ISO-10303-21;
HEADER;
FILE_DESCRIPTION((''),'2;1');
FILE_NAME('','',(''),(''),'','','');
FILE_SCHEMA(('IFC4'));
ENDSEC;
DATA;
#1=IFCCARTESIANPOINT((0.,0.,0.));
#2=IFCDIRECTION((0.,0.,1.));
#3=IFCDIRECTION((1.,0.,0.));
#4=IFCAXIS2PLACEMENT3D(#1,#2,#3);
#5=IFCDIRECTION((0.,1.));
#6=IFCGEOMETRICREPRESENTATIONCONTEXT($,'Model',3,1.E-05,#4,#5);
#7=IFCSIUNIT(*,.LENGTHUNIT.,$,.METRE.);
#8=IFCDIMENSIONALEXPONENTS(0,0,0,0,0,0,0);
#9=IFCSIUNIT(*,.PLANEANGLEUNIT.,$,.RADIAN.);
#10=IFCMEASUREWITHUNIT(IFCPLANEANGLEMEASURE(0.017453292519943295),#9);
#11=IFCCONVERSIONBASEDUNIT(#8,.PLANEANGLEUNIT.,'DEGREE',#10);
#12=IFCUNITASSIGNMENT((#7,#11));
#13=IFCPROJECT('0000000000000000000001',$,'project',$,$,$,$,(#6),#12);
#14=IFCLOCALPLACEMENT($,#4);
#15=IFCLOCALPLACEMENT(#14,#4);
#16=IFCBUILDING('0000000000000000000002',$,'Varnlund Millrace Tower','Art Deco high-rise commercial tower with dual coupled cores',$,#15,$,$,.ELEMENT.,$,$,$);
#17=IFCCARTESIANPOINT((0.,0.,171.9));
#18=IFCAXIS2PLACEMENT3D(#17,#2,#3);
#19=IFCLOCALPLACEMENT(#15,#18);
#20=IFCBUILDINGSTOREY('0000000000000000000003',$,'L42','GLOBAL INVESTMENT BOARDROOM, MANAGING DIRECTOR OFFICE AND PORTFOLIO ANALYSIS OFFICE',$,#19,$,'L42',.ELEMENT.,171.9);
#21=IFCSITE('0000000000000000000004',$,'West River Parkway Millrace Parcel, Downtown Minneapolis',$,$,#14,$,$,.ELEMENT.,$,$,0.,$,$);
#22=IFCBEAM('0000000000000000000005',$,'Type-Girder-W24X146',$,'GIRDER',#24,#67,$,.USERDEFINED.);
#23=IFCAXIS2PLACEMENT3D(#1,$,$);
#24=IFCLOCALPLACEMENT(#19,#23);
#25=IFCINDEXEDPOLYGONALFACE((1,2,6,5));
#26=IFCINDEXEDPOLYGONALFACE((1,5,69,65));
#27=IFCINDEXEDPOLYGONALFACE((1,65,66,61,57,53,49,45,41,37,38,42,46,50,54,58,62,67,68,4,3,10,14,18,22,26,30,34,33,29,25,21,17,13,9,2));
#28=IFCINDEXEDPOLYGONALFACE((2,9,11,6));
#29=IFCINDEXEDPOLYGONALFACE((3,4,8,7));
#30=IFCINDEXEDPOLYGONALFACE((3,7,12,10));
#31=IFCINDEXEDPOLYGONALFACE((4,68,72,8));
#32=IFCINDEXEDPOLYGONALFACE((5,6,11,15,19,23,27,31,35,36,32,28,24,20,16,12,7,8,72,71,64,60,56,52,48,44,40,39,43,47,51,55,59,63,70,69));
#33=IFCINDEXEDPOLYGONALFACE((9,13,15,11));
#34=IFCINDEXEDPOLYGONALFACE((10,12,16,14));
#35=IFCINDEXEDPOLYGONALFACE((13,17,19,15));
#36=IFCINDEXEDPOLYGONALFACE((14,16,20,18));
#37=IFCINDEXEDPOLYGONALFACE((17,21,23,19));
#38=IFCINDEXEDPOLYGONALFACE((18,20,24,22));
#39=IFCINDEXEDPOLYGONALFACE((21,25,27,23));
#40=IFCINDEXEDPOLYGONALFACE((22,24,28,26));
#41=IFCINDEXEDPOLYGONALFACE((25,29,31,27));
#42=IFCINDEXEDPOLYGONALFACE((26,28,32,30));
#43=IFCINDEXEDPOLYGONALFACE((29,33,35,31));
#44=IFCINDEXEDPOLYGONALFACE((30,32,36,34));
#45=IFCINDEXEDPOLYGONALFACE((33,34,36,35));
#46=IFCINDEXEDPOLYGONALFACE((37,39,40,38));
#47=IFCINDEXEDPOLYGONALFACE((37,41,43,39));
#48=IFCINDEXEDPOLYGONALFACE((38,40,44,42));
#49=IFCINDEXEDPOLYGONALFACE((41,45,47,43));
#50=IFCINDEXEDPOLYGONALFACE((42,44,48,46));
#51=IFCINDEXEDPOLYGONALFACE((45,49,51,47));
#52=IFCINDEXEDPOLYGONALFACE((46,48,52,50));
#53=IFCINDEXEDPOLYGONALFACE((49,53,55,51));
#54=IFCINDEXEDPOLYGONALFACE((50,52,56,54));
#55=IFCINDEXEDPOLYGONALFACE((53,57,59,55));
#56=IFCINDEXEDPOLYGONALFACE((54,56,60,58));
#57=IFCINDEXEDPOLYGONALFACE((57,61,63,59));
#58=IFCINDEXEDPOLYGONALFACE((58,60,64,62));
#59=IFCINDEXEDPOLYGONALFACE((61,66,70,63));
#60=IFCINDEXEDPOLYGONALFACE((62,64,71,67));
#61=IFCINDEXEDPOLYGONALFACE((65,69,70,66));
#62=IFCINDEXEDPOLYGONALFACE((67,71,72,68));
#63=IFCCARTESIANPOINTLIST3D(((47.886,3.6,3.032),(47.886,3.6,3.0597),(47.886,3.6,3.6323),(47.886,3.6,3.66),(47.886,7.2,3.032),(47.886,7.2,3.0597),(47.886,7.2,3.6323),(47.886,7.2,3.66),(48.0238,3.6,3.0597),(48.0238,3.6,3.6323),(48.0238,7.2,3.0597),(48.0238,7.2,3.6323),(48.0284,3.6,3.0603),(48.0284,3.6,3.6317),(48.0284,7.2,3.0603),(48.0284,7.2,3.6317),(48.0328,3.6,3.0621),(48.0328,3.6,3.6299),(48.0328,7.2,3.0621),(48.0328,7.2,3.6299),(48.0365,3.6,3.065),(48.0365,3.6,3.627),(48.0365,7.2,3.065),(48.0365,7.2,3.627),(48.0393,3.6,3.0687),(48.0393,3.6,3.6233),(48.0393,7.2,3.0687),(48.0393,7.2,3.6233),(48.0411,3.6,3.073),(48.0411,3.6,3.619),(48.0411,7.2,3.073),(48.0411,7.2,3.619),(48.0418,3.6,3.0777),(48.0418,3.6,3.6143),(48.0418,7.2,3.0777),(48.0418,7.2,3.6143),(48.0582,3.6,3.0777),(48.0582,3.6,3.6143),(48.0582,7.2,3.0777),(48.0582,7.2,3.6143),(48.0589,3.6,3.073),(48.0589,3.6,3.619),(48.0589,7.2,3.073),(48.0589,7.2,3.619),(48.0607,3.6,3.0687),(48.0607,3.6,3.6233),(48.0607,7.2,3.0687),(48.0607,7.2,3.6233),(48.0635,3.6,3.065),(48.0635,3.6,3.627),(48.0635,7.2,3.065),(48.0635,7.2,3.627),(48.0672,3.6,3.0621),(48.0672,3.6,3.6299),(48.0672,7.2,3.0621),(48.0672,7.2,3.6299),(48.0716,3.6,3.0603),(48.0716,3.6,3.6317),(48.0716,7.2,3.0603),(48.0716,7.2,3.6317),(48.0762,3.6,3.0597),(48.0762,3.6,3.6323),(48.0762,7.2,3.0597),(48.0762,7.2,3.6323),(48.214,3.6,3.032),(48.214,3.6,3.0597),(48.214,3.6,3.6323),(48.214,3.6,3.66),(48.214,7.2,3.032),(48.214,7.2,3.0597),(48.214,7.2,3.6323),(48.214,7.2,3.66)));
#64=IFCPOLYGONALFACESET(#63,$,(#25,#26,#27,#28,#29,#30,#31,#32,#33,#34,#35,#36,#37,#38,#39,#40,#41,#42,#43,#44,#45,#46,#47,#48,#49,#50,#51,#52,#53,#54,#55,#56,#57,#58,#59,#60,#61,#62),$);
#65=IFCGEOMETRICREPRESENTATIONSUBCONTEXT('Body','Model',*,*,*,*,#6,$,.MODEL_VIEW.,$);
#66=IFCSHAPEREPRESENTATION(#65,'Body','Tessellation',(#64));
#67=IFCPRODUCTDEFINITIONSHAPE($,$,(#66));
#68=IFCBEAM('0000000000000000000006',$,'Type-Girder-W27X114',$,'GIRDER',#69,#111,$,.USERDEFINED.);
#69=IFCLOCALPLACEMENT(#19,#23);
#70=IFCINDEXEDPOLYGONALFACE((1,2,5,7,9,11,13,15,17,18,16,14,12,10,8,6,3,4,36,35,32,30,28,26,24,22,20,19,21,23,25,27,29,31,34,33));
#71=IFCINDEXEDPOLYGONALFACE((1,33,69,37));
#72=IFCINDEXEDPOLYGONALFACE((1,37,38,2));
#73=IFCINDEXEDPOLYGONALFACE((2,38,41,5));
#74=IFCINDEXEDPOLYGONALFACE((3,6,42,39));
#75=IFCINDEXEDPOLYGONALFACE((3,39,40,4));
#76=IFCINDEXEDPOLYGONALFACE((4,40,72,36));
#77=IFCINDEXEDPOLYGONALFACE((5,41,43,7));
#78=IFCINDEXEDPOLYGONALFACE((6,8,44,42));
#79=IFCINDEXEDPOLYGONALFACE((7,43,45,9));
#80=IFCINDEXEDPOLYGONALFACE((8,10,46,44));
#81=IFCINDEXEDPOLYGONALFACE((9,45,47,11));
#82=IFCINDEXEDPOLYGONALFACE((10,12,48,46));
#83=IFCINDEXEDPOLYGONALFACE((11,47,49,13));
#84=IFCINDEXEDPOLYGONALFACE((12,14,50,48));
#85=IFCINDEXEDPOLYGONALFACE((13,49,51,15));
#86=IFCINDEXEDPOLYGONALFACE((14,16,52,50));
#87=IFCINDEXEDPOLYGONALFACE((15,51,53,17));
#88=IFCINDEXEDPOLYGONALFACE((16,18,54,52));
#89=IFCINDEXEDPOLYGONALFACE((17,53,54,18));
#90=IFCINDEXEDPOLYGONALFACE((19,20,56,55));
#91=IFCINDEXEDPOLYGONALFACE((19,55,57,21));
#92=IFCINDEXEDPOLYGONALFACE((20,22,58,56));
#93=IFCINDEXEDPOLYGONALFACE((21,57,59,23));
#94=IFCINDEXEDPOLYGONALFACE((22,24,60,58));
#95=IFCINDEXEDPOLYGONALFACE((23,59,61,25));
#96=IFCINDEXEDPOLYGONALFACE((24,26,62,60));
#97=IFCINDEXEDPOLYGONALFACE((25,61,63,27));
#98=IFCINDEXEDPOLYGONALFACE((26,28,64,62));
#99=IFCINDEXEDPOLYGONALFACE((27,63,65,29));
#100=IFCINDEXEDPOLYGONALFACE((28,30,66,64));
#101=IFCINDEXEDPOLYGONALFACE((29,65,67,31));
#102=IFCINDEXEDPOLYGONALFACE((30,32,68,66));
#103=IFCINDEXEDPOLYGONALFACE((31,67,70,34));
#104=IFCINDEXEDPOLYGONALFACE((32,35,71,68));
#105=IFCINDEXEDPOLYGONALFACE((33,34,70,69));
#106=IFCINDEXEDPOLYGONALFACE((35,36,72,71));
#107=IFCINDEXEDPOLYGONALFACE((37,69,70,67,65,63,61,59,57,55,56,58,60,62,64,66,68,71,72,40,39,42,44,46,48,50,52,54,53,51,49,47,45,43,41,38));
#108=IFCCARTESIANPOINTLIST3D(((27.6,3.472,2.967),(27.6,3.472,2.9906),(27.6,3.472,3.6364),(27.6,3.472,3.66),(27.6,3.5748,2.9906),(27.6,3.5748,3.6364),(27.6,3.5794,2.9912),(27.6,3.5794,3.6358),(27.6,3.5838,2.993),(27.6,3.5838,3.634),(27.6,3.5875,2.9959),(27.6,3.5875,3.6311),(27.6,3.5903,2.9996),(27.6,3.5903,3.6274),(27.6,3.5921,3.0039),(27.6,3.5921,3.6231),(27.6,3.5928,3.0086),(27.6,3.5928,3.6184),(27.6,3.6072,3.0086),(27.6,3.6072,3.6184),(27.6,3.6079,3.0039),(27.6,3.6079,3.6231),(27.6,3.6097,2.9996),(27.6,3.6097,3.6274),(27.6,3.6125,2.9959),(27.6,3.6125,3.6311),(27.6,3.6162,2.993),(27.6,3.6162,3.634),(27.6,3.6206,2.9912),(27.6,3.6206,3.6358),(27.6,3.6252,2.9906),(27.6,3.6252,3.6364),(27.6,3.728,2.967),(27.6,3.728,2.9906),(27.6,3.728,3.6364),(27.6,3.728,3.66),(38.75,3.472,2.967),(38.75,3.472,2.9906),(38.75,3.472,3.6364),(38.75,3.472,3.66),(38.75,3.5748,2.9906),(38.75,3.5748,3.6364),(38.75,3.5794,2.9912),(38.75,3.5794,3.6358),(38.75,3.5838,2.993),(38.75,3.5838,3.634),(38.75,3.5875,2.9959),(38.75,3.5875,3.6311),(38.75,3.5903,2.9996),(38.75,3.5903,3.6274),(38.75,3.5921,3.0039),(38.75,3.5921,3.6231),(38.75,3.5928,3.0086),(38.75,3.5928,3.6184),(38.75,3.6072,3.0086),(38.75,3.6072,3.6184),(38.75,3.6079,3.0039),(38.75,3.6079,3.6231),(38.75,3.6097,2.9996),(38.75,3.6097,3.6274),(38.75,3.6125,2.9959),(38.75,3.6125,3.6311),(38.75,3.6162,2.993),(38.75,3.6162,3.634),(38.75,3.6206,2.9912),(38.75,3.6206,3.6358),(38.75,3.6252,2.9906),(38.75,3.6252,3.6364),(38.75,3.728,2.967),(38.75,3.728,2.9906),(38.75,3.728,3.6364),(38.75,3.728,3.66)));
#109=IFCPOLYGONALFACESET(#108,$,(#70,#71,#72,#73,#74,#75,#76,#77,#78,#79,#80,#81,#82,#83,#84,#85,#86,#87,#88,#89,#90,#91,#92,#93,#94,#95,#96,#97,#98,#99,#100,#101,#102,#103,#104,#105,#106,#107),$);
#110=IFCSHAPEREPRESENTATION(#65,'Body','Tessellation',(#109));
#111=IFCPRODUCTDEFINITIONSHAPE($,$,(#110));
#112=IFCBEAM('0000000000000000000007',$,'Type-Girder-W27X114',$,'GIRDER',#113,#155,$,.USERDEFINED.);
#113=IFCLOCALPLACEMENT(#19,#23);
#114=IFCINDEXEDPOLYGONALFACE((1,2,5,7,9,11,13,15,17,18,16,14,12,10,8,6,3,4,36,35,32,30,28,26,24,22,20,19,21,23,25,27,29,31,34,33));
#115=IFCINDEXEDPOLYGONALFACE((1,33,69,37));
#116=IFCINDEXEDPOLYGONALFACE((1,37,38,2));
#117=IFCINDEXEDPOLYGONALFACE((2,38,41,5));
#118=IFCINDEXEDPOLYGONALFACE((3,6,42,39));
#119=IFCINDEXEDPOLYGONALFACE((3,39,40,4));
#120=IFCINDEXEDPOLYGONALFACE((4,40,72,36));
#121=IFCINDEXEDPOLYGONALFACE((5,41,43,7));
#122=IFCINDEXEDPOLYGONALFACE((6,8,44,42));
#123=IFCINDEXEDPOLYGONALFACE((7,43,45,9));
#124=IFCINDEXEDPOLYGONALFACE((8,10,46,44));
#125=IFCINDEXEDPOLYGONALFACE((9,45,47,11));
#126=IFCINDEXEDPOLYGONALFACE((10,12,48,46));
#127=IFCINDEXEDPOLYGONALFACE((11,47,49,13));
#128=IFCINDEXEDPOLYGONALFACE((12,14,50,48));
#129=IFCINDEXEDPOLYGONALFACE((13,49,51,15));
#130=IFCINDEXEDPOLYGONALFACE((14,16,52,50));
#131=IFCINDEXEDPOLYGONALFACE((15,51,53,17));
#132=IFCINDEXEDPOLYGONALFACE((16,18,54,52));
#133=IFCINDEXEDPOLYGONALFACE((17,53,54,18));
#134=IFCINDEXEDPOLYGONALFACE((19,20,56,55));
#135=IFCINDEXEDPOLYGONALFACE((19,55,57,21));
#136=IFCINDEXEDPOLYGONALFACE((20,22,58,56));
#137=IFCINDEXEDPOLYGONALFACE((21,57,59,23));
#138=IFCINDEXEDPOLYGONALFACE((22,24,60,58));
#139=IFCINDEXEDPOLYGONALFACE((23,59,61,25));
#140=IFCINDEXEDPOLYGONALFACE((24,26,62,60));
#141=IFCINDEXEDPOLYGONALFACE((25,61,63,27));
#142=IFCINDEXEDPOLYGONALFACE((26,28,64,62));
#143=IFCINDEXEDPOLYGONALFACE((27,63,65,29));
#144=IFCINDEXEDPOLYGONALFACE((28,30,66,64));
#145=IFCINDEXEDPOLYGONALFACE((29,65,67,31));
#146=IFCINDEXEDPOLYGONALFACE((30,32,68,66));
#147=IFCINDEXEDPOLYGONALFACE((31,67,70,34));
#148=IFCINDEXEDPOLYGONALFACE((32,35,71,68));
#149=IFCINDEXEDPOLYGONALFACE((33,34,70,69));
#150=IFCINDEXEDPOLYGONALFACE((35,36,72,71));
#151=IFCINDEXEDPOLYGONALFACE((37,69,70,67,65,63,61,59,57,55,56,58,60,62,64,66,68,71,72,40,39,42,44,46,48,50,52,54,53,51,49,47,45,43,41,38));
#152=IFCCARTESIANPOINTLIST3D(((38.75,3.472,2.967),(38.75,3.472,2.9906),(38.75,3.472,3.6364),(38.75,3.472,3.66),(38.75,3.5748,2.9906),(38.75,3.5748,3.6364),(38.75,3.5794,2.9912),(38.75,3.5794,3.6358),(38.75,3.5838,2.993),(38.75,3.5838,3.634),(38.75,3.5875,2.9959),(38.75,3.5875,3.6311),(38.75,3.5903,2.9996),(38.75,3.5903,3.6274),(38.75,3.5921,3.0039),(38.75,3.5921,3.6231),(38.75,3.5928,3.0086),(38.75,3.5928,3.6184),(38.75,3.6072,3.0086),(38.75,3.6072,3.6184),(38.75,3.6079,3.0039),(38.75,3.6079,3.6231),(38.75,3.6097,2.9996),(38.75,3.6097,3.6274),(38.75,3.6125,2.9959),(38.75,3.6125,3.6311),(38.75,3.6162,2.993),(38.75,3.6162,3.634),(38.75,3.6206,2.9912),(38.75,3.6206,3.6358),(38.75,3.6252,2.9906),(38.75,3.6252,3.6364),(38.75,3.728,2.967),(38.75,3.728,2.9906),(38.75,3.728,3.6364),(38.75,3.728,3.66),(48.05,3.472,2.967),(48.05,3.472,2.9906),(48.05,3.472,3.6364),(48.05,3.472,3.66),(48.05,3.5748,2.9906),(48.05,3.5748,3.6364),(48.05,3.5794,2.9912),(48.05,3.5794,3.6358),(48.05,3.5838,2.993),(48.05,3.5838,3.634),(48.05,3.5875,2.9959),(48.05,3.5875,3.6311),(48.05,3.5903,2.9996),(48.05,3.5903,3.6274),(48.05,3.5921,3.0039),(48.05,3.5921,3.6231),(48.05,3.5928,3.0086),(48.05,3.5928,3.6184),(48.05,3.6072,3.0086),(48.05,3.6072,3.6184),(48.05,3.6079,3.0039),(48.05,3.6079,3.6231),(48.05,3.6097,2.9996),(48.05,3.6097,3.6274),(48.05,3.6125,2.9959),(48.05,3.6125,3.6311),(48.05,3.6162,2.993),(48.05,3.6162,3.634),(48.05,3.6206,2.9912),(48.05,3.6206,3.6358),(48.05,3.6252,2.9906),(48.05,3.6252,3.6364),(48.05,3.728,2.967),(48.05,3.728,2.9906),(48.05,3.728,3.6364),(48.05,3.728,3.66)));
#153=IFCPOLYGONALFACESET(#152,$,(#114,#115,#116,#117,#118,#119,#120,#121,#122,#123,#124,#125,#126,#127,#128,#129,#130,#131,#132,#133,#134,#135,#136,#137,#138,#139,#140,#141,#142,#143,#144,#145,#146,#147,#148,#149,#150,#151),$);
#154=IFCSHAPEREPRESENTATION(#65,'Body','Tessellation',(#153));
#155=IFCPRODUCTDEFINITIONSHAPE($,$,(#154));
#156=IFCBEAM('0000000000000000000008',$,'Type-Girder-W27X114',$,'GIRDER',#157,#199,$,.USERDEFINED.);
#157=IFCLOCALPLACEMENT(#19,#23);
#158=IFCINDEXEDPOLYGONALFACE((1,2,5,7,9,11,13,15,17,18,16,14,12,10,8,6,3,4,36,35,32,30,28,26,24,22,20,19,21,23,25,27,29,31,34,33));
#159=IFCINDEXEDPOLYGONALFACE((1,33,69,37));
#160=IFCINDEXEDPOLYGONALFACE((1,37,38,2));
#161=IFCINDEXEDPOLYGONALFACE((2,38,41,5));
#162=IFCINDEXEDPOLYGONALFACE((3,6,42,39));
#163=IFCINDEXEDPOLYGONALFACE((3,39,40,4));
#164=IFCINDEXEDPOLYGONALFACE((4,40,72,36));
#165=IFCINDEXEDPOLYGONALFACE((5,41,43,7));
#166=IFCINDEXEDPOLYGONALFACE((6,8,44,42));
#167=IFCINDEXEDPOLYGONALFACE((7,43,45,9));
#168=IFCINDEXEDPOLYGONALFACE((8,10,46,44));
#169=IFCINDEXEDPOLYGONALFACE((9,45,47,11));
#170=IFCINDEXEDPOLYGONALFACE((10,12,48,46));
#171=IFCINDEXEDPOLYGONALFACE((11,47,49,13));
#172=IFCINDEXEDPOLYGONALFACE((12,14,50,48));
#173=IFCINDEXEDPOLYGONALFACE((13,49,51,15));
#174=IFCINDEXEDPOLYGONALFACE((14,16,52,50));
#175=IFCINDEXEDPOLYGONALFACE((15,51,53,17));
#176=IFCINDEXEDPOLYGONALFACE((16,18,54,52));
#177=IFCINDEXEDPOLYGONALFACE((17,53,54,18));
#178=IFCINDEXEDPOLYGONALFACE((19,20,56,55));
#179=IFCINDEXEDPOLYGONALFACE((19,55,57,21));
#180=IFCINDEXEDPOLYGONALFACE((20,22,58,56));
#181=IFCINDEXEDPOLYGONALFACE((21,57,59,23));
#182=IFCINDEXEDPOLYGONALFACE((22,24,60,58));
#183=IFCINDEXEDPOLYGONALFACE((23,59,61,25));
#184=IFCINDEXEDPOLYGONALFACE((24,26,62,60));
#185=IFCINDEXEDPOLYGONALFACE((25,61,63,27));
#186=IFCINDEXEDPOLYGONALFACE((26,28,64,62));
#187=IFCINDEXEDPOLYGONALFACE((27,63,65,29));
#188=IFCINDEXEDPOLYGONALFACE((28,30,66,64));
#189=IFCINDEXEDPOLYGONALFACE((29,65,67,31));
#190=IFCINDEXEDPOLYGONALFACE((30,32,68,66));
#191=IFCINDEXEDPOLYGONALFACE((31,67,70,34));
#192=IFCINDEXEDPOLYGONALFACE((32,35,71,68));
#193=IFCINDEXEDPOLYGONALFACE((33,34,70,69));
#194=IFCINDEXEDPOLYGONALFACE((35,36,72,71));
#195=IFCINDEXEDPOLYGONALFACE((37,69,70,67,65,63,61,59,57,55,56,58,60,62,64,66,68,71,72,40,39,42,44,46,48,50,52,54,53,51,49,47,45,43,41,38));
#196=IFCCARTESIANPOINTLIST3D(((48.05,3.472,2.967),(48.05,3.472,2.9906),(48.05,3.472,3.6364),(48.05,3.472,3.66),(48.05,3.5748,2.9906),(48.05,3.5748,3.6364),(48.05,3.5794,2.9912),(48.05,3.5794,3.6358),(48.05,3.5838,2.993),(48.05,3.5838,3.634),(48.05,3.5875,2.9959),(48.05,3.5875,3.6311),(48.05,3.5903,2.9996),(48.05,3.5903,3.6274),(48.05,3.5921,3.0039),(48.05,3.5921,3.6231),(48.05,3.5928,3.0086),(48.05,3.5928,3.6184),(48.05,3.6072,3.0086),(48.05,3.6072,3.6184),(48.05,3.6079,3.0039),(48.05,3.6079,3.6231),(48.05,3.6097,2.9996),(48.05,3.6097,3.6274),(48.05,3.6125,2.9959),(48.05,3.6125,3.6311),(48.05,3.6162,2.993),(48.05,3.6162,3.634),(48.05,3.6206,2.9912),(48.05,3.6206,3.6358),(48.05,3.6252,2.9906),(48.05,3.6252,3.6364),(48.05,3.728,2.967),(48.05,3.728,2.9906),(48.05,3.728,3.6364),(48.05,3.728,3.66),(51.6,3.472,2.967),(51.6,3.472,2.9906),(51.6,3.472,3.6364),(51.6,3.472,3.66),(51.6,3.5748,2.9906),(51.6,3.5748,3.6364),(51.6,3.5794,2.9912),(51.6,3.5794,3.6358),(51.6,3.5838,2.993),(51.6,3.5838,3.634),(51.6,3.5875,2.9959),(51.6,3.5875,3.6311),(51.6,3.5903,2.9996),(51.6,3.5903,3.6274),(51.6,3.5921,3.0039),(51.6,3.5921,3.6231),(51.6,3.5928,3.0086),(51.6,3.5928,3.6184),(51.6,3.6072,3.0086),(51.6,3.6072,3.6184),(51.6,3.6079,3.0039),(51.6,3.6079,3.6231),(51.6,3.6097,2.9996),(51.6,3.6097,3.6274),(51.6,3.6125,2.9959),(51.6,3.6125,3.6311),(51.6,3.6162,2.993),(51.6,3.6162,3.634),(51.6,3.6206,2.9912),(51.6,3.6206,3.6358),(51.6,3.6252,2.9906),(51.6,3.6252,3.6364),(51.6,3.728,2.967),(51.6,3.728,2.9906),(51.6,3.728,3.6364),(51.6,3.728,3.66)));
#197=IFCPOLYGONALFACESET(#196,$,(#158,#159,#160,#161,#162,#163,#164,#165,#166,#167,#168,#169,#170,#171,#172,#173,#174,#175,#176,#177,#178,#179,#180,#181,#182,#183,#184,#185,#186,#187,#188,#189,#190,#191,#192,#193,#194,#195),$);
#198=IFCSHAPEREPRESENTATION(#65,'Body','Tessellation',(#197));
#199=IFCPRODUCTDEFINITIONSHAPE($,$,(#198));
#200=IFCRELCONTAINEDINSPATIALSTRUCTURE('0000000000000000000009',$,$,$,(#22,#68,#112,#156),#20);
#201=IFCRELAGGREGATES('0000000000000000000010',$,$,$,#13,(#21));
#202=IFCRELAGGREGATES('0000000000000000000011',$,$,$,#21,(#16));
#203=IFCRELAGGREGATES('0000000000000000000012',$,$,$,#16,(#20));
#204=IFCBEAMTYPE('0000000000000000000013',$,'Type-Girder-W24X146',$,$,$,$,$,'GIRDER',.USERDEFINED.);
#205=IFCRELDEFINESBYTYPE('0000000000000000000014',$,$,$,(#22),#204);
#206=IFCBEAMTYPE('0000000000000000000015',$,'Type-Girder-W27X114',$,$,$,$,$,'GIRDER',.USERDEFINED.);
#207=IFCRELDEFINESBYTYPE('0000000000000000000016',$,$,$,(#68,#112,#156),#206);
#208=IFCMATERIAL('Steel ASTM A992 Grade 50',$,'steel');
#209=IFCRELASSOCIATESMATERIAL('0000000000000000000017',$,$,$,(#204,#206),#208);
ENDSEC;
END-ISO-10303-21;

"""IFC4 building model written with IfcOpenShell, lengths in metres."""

from ifc_helpers import new_model, entity, si_unit, converted_unit, direction, frame, origin_with_axes, origin_2d_with_axis, place, context, subcontext, project, spatial, i_section, extrude, material, material_profile, profile_set, type_object, element, save


model = new_model("IFC4")

# Units and contexts
model_context = context("Model", 3, precision=1e-05, world=origin_with_axes(), true_north=direction((0.0, 1.0)))
body_context = subcontext(model_context, "Body", "Model", "MODEL_VIEW")
ifc_project = project(units=[si_unit("LENGTHUNIT", "METRE"), converted_unit("PLANEANGLEUNIT", "DEGREE", entity("IfcPlaneAngleMeasure", 0.017453292519943295), si_unit("PLANEANGLEUNIT", "RADIAN"), dimensions=[0, 0, 0, 0, 0, 0, 0])], contexts=[model_context])

# Site, building, storey
site_placement = place(None, origin_with_axes())
site = spatial("IfcSite", under=ifc_project, at=site_placement, Name="West River Parkway Millrace Parcel, Downtown Minneapolis", CompositionType="ELEMENT", RefElevation=0.0)
building_placement = place(site_placement, origin_with_axes())
building = spatial("IfcBuilding", under=site, at=building_placement, Name="Varnlund Millrace Tower", Description="Art Deco high-rise commercial tower with dual coupled cores", CompositionType="ELEMENT")
storey_placement = place(building_placement, frame((0.0, 0.0, 171.9), z_axis=(0.0, 0.0, 1.0), x_axis=(1.0, 0.0, 0.0)))
storey = spatial("IfcBuildingStorey", under=building, at=storey_placement, Name="L42", Description="GLOBAL INVESTMENT BOARDROOM, MANAGING DIRECTOR OFFICE AND PORTFOLIO ANALYSIS OFFICE", LongName="L42", CompositionType="ELEMENT", Elevation=171.9)

# Beams
ifc_material_1 = material(Name="Steel ASTM A992 Grade 50", Category="steel")
ifc_material_profile_1 = material_profile(ifc_material_1, i_section(OverallWidth=0.328, OverallDepth=0.628, WebThickness=0.0165, FlangeThickness=0.0277, FilletRadius=0.018, at=origin_2d_with_axis()), Name="Steel ASTM A992 Grade 50")
ifc_profile_set_1 = profile_set([ifc_material_profile_1], Name="Steel ASTM A992 Grade 50")
beam_type_1 = type_object("IfcBeamType", Name="Type-Girder-W24X146", ElementType="GIRDER", PredefinedType="USERDEFINED", material=ifc_profile_set_1)
beam_1_placement = place(storey_placement, frame((48.05, 3.6, 3.346), z_axis=(0.0, 1.0, 0.0), x_axis=(-1.0, 0.0, 0.0)))
element("IfcBeam", 1, at=beam_1_placement, inside=storey, type_object=beam_type_1, Name="Type-Girder-W24X146", ObjectType="GIRDER", PredefinedType="USERDEFINED", context=body_context, shape_type="SweptSolid", body=[
    extrude(i_section(OverallWidth=0.328, OverallDepth=0.628, WebThickness=0.0165, FlangeThickness=0.0277, FilletRadius=0.018, at=origin_2d_with_axis()), origin_with_axes(), (0.0, 0.0, 1.0), 3.6),
])
ifc_material_profile_2 = material_profile(ifc_material_1, i_section(OverallWidth=0.256, OverallDepth=0.693, WebThickness=0.0145, FlangeThickness=0.0236, FilletRadius=0.018, at=origin_2d_with_axis()), Name="Steel ASTM A992 Grade 50")
ifc_profile_set_2 = profile_set([ifc_material_profile_2], Name="Steel ASTM A992 Grade 50")
beam_type_2 = type_object("IfcBeamType", Name="Type-Girder-W27X114", ElementType="GIRDER", PredefinedType="USERDEFINED", material=ifc_profile_set_2)
beam_2_placement = place(storey_placement, frame((27.6, 3.6, 3.3135), z_axis=(1.0, 0.0, 0.0), x_axis=(0.0, 1.0, 0.0)))
element("IfcBeam", 2, at=beam_2_placement, inside=storey, type_object=beam_type_2, Name="Type-Girder-W27X114", ObjectType="GIRDER", PredefinedType="USERDEFINED", context=body_context, shape_type="SweptSolid", body=[
    extrude(i_section(OverallWidth=0.256, OverallDepth=0.693, WebThickness=0.0145, FlangeThickness=0.0236, FilletRadius=0.018, at=origin_2d_with_axis()), origin_with_axes(), (0.0, 0.0, 1.0), 11.15),
])
beam_3_placement = place(storey_placement, frame((38.75, 3.6, 3.3135), z_axis=(1.0, 0.0, 0.0), x_axis=(0.0, 1.0, 0.0)))
element("IfcBeam", 3, at=beam_3_placement, inside=storey, type_object=beam_type_2, Name="Type-Girder-W27X114", ObjectType="GIRDER", PredefinedType="USERDEFINED", context=body_context, shape_type="SweptSolid", body=[
    extrude(i_section(OverallWidth=0.256, OverallDepth=0.693, WebThickness=0.0145, FlangeThickness=0.0236, FilletRadius=0.018, at=origin_2d_with_axis()), origin_with_axes(), (0.0, 0.0, 1.0), 9.3),
])
beam_4_placement = place(storey_placement, frame((48.05, 3.6, 3.3135), z_axis=(1.0, 0.0, 0.0), x_axis=(0.0, 1.0, 0.0)))
element("IfcBeam", 4, at=beam_4_placement, inside=storey, type_object=beam_type_2, Name="Type-Girder-W27X114", ObjectType="GIRDER", PredefinedType="USERDEFINED", context=body_context, shape_type="SweptSolid", body=[
    extrude(i_section(OverallWidth=0.256, OverallDepth=0.693, WebThickness=0.0145, FlangeThickness=0.0236, FilletRadius=0.018, at=origin_2d_with_axis()), origin_with_axes(), (0.0, 0.0, 1.0), 3.55),
])

save(model, "model.ifc")
